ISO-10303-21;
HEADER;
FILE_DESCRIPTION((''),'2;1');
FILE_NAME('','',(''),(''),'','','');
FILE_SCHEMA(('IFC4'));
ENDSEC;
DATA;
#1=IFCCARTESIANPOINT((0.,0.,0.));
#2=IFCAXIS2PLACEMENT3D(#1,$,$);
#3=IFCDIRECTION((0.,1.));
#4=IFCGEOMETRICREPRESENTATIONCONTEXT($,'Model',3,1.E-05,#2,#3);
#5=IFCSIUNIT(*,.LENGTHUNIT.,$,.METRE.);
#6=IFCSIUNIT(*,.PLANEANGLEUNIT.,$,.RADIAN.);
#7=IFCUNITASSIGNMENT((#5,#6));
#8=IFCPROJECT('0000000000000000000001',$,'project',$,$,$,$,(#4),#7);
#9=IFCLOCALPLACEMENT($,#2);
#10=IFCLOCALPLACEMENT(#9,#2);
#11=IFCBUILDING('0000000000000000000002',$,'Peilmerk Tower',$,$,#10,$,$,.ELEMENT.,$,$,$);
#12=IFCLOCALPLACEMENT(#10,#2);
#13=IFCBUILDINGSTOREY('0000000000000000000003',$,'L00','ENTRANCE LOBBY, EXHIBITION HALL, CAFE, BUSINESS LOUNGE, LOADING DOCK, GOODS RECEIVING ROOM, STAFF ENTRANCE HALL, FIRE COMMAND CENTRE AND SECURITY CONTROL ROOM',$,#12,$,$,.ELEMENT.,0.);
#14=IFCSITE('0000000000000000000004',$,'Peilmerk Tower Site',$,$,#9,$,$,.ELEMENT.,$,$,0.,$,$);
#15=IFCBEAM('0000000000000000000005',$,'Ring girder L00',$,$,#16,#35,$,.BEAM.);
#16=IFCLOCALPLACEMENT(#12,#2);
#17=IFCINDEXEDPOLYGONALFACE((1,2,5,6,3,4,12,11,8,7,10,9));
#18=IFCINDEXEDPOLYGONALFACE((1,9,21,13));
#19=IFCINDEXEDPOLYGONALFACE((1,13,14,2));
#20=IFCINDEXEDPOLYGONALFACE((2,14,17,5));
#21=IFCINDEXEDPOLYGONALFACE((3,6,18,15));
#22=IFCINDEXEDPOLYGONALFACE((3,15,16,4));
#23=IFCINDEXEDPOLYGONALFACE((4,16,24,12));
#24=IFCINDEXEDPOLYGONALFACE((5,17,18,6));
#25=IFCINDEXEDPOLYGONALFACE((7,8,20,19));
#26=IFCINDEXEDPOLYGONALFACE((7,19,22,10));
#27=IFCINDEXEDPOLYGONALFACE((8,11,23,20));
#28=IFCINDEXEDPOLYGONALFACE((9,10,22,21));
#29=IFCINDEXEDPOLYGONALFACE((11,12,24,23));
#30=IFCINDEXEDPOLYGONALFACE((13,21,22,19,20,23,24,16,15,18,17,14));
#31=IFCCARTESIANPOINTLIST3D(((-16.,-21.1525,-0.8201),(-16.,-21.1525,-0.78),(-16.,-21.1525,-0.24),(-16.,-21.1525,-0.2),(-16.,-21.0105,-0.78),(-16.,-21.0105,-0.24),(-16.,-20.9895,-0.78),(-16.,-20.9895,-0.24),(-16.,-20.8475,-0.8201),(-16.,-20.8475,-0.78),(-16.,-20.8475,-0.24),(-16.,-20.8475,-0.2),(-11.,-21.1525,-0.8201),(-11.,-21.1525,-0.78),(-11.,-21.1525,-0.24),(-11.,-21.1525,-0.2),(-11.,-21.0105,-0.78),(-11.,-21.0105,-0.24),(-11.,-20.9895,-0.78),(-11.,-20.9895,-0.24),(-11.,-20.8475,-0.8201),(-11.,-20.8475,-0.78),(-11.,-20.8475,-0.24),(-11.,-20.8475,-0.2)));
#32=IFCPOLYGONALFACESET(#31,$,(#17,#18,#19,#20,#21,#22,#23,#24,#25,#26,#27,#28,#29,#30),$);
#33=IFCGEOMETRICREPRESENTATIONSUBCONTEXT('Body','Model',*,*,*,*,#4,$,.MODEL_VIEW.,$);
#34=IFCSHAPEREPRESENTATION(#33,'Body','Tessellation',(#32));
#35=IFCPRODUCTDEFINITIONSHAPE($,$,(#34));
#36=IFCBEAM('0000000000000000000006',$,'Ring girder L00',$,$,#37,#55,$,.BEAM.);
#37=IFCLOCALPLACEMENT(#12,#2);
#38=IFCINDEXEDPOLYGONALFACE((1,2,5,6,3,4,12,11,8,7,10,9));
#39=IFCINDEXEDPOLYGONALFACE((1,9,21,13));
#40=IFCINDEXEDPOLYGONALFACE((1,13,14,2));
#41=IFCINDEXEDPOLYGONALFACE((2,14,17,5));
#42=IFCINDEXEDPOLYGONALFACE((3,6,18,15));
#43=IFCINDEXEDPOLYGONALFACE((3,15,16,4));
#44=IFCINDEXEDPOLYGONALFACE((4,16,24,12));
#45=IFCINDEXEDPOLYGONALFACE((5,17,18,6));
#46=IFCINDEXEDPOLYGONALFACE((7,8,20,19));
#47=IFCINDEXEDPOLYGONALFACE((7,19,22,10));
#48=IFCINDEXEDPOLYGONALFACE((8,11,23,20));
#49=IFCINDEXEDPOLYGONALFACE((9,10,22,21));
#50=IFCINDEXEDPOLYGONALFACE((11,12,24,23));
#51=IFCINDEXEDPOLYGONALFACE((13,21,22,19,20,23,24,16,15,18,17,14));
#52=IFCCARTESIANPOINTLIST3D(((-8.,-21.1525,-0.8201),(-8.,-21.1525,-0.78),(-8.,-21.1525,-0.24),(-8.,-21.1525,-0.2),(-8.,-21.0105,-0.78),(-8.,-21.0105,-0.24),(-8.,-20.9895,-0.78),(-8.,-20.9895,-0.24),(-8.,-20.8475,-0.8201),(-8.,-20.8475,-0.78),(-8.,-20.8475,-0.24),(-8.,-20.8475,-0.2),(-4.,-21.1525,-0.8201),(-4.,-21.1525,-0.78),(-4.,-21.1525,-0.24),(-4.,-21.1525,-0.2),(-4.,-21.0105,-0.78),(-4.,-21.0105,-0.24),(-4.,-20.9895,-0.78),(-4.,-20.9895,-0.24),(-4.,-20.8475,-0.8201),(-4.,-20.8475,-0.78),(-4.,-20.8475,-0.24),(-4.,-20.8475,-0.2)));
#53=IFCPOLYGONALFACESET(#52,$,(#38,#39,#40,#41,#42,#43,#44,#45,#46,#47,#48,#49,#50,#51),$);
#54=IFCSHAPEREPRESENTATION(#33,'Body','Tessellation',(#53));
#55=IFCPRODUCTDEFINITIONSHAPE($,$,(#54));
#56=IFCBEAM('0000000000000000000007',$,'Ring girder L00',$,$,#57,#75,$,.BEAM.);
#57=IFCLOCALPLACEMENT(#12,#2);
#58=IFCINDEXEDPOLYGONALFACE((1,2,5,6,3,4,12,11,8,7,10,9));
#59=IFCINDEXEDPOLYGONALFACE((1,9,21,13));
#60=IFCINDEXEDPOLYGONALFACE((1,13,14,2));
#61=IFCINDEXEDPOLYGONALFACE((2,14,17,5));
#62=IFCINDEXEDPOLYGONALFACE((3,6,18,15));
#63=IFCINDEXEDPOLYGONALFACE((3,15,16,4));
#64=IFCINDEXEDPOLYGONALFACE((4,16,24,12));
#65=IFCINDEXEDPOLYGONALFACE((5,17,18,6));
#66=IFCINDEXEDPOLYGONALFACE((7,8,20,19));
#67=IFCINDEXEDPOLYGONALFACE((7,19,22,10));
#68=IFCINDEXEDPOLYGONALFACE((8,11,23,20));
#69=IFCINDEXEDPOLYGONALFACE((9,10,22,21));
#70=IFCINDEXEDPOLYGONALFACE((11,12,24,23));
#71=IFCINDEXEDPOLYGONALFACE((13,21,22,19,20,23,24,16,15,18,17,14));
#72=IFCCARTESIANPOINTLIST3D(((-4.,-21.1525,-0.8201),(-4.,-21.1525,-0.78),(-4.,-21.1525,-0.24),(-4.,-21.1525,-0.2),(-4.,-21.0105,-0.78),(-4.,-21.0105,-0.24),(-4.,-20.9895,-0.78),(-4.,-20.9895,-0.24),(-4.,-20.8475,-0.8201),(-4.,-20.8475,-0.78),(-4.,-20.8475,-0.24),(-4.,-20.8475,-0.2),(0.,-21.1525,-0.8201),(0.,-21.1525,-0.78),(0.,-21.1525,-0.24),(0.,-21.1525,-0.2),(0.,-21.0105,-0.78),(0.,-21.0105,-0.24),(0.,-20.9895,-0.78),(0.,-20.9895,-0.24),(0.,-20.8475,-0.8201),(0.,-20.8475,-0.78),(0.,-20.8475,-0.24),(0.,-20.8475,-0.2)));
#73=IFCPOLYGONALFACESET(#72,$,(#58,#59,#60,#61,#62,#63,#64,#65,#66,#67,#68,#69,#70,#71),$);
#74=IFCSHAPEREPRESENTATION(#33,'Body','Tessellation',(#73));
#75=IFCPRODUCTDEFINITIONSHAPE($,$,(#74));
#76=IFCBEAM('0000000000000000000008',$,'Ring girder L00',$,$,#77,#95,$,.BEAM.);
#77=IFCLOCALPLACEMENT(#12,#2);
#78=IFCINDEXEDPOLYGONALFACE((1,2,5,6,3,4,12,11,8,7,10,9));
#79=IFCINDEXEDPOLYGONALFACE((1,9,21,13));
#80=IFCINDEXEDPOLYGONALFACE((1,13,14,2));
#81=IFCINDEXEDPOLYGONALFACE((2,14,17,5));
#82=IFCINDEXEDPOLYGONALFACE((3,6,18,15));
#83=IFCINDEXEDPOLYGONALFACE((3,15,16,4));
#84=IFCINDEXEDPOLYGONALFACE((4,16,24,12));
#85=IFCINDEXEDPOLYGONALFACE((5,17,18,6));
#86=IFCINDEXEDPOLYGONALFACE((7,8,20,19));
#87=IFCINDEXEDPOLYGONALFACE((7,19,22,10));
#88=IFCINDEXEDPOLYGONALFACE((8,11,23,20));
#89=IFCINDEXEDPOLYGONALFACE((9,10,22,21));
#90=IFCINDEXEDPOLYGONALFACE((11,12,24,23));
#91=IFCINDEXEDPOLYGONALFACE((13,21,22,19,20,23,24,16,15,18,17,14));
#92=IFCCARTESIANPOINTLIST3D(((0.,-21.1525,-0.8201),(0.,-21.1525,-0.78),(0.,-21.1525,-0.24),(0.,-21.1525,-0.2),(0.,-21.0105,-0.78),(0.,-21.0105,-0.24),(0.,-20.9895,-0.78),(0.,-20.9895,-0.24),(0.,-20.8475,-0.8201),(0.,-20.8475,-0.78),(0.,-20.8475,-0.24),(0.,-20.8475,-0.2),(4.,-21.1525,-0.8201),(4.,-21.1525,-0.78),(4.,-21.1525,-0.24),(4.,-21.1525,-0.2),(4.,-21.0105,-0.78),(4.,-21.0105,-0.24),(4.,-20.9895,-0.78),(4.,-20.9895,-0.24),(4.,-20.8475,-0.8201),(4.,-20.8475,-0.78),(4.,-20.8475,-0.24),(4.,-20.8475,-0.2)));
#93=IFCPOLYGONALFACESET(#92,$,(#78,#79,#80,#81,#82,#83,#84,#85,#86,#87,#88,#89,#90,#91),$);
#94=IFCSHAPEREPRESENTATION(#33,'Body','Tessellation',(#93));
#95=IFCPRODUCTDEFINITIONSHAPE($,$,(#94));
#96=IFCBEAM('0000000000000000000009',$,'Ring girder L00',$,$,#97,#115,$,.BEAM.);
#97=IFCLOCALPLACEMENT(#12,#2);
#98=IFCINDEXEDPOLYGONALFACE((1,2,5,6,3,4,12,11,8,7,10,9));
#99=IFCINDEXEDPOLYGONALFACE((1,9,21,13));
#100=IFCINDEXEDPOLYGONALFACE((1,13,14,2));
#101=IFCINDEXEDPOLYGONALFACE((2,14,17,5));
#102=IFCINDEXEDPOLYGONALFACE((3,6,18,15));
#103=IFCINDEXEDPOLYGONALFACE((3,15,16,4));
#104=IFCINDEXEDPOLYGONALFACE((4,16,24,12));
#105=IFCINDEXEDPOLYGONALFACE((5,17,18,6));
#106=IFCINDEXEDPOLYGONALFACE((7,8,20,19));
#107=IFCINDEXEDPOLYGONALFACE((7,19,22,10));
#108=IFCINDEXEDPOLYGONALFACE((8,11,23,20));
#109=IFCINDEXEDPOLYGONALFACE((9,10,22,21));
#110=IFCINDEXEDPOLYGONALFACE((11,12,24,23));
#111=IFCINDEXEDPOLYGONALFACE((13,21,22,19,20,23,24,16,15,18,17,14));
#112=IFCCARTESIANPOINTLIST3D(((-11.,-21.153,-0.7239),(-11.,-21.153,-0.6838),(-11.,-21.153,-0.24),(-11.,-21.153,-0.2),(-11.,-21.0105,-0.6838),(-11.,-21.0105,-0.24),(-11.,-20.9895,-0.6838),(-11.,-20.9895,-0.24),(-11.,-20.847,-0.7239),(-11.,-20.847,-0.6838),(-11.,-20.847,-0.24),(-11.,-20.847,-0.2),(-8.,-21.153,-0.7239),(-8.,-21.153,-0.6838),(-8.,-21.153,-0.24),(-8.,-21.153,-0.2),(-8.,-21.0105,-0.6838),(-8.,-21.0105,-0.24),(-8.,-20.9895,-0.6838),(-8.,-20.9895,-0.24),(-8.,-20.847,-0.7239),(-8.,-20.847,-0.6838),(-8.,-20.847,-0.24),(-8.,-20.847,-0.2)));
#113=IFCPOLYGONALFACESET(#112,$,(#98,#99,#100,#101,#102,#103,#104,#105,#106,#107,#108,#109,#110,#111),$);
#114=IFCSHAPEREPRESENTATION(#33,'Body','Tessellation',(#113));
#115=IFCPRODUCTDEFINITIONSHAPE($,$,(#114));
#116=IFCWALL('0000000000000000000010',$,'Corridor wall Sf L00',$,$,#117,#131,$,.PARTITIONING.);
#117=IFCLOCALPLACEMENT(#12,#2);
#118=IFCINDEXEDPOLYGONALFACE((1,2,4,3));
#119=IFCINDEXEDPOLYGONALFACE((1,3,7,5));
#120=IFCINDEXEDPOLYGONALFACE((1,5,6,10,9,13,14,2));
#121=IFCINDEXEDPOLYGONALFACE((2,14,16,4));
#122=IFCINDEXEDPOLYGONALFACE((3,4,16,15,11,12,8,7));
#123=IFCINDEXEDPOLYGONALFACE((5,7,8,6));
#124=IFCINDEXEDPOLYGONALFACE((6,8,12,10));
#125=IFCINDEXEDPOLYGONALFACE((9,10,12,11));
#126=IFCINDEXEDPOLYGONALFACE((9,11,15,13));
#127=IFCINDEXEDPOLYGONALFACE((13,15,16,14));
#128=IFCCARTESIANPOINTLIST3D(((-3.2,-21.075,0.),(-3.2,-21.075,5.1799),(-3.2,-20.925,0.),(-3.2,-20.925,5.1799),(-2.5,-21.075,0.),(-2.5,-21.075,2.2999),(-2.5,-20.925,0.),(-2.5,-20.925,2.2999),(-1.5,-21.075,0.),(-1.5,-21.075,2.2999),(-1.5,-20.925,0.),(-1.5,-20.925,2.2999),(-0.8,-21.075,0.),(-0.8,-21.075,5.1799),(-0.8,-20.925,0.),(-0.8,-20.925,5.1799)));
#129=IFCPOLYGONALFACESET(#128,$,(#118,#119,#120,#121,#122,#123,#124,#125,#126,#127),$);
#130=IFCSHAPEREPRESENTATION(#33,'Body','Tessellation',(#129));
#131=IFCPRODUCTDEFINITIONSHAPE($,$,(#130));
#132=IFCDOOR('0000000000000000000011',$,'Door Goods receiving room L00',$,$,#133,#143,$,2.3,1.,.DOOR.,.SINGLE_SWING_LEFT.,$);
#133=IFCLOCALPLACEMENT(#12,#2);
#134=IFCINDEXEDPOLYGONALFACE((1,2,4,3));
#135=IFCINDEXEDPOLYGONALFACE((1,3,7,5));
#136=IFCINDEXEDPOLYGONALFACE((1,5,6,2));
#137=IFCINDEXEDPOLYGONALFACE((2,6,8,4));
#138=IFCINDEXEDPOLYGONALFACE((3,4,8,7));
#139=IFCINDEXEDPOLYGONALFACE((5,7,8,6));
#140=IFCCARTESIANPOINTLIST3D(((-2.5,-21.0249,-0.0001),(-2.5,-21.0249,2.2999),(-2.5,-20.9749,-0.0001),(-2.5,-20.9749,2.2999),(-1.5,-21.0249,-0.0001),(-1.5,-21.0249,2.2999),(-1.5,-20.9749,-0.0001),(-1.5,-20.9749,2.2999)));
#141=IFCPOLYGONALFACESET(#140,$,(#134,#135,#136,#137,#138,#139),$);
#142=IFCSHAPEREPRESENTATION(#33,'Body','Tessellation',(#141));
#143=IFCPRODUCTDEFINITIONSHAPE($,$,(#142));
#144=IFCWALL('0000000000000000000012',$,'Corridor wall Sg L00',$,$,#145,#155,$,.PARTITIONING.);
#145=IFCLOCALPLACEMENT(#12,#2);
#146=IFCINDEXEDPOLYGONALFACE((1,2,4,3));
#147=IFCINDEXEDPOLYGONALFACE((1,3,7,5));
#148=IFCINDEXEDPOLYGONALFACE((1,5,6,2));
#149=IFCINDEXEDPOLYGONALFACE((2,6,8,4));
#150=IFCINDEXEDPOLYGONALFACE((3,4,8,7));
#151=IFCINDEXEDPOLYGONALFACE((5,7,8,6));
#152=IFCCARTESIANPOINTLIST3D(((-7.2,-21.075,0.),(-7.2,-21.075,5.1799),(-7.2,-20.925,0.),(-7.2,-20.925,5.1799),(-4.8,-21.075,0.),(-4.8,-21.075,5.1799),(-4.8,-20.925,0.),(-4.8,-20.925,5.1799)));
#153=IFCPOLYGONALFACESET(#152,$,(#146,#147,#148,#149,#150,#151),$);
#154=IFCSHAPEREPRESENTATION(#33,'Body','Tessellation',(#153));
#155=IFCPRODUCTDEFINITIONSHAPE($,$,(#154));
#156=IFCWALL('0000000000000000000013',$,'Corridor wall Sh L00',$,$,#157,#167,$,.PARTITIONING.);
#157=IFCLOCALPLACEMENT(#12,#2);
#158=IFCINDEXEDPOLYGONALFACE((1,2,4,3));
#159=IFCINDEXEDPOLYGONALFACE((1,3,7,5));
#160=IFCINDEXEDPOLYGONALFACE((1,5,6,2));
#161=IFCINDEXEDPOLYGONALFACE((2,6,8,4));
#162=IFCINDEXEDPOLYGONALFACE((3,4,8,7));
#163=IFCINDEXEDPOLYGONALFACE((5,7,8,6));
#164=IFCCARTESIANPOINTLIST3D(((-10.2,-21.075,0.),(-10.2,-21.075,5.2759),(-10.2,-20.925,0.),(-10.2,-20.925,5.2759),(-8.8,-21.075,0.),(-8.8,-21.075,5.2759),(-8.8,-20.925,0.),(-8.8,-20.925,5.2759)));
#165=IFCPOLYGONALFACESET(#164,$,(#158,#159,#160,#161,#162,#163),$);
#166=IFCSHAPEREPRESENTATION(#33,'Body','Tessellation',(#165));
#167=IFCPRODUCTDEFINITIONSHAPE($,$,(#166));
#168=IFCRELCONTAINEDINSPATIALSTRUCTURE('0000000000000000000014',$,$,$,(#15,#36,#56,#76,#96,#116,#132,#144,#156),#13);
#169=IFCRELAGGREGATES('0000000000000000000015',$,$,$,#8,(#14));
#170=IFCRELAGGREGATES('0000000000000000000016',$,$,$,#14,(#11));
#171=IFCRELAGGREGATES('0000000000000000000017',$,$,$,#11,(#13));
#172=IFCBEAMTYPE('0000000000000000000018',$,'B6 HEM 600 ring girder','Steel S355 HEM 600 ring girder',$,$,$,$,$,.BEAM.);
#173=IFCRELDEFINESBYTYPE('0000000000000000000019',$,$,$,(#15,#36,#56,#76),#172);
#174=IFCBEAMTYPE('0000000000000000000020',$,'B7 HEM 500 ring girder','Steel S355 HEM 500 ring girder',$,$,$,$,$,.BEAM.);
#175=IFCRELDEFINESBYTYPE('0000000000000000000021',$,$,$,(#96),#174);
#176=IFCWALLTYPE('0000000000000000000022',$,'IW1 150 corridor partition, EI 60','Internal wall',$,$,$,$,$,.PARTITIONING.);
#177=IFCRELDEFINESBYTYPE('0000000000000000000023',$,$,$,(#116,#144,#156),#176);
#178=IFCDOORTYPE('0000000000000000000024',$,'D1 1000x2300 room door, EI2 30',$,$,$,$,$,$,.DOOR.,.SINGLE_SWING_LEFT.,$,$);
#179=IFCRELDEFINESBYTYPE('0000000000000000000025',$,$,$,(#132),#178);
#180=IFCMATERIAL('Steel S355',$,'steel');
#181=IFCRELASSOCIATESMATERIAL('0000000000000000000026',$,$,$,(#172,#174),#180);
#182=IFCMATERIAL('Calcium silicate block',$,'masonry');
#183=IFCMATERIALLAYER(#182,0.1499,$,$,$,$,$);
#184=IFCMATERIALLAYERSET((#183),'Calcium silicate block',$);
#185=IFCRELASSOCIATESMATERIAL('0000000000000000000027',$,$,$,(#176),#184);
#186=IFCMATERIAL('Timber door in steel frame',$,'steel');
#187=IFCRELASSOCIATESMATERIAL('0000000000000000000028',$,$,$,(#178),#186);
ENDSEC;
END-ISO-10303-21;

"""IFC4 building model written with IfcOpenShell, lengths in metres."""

from ifc_helpers import new_model, si_unit, direction, frame, frame_2d, origin, origin_2d, place, context, subcontext, project, spatial, rectangle, i_section, extrude, material, layer, layer_set, material_profile, profile_set, type_object, element, fill, save


model = new_model("IFC4")

# Units and contexts
model_context = context("Model", 3, precision=1e-05, world=origin(), true_north=direction((0.0, 1.0)))
body_context = subcontext(model_context, "Body", "Model", "MODEL_VIEW")
ifc_project = project(units=[si_unit("LENGTHUNIT", "METRE"), si_unit("PLANEANGLEUNIT", "RADIAN")], contexts=[model_context])

# Site, building, storey
site_placement = place(None, origin())
site = spatial("IfcSite", under=ifc_project, at=site_placement, Name="Peilmerk Tower Site", CompositionType="ELEMENT", RefElevation=0.0)
building_placement = place(site_placement, origin())
building = spatial("IfcBuilding", under=site, at=building_placement, Name="Peilmerk Tower", CompositionType="ELEMENT")
storey_placement = place(building_placement, origin())
storey = spatial("IfcBuildingStorey", under=building, at=storey_placement, Name="L00", Description="ENTRANCE LOBBY, EXHIBITION HALL, CAFE, BUSINESS LOUNGE, LOADING DOCK, GOODS RECEIVING ROOM, STAFF ENTRANCE HALL, FIRE COMMAND CENTRE AND SECURITY CONTROL ROOM", CompositionType="ELEMENT", Elevation=0.0)

# Beams
ifc_material_1 = material(Name="Steel S355", Category="steel")
ifc_material_profile_1 = material_profile(ifc_material_1, i_section(OverallWidth=0.3049, OverallDepth=0.6201, WebThickness=0.021, FlangeThickness=0.04, at=origin_2d()), Name="HEM 600")
ifc_profile_set_1 = profile_set([ifc_material_profile_1], Name="Steel S355")
beam_type_1 = type_object("IfcBeamType", Name="B6 HEM 600 ring girder", Description="Steel S355 HEM 600 ring girder", PredefinedType="BEAM", material=ifc_profile_set_1)
beam_1_placement = place(storey_placement, frame((-16.0, -21.0, -0.51), z_axis=(1.0, 0.0, 0.0), x_axis=(0.0, 1.0, 0.0)))
element("IfcBeam", 1, at=beam_1_placement, inside=storey, type_object=beam_type_1, Name="Ring girder L00", PredefinedType="BEAM", context=body_context, shape_type="SweptSolid", body=[
    extrude(i_section(OverallWidth=0.3049, OverallDepth=0.6201, WebThickness=0.021, FlangeThickness=0.04, at=origin_2d()), origin(), (0.0, 0.0, 1.0), 5.0),
])
for number, where, z_axis, x_axis, name in (
    (2, (-8.0, -21.0, -0.51), (1.0, 0.0, 0.0), (0.0, 1.0, 0.0), "Ring girder L00"),
    (3, (-4.0, -21.0, -0.51), (1.0, 0.0, 0.0), (0.0, 1.0, 0.0), "Ring girder L00"),
    (4, (0.0, -21.0, -0.51), (1.0, 0.0, 0.0), (0.0, 1.0, 0.0), "Ring girder L00"),
):
    element("IfcBeam", number, at=place(storey_placement, frame(where, z_axis=z_axis, x_axis=x_axis)), inside=storey, type_object=beam_type_1, Name=name, PredefinedType="BEAM", context=body_context, shape_type="SweptSolid", body=[
        extrude(i_section(OverallWidth=0.3049, OverallDepth=0.6201, WebThickness=0.021, FlangeThickness=0.04, at=origin_2d()), origin(), (0.0, 0.0, 1.0), 4.0),
    ])
ifc_material_profile_2 = material_profile(ifc_material_1, i_section(OverallWidth=0.3059, OverallDepth=0.5239, WebThickness=0.021, FlangeThickness=0.04, at=origin_2d()), Name="HEM 500")
ifc_profile_set_2 = profile_set([ifc_material_profile_2], Name="Steel S355")
beam_type_2 = type_object("IfcBeamType", Name="B7 HEM 500 ring girder", Description="Steel S355 HEM 500 ring girder", PredefinedType="BEAM", material=ifc_profile_set_2)
beam_2_placement = place(storey_placement, frame((-11.0, -21.0, -0.4619), z_axis=(1.0, 0.0, 0.0), x_axis=(0.0, 1.0, 0.0)))
element("IfcBeam", 5, at=beam_2_placement, inside=storey, type_object=beam_type_2, Name="Ring girder L00", PredefinedType="BEAM", context=body_context, shape_type="SweptSolid", body=[
    extrude(i_section(OverallWidth=0.3059, OverallDepth=0.5239, WebThickness=0.021, FlangeThickness=0.04, at=origin_2d()), origin(), (0.0, 0.0, 1.0), 3.0),
])

# Wall, opening, door
ifc_material_2 = material(Name="Calcium silicate block", Category="masonry")
ifc_layer = layer(ifc_material_2, 0.1499)
ifc_layer_set = layer_set([ifc_layer], Name="Calcium silicate block")
wall_type = type_object("IfcWallType", Name="IW1 150 corridor partition, EI 60", Description="Internal wall", PredefinedType="PARTITIONING", material=ifc_layer_set)
wall_1_placement = place(storey_placement, frame((-0.8, -21.0, 0.0), z_axis=(0.0, 0.0, 1.0), x_axis=(-1.0, 0.0, 0.0)))
wall_1 = element("IfcWall", 6, at=wall_1_placement, inside=storey, type_object=wall_type, Name="Corridor wall Sf L00", PredefinedType="PARTITIONING", context=body_context, shape_type="SweptSolid", body=[
    extrude(rectangle(XDim=2.3999, YDim=0.1499, at=frame_2d((1.2, 0.0))), origin(), (0.0, 0.0, 1.0), 5.1799),
])
opening_1_placement = place(wall_1_placement, frame((0.7, 0.0, 0.0)))
opening_1 = element("IfcOpeningElement", 7, at=opening_1_placement, cuts=wall_1, PredefinedType="OPENING", context=body_context, shape_type="SweptSolid", body=[
    extrude(rectangle(XDim=1.0, YDim=2.3, at=frame_2d((0.5, 1.1499))), frame((0.0, 0.085, 0.0), z_axis=(0.0, -1.0, 0.0), x_axis=(1.0, 0.0, 0.0)), (0.0, 0.0, 1.0), 0.1699),
])
ifc_material_3 = material(Name="Timber door in steel frame", Category="steel")
door_type_1 = type_object("IfcDoorType", Name="D1 1000x2300 room door, EI2 30", OperationType="SINGLE_SWING_LEFT", PredefinedType="DOOR", material=ifc_material_3)
door_1_placement = place(opening_1_placement, origin())
door_1 = element("IfcDoor", 8, at=door_1_placement, inside=storey, type_object=door_type_1, Name="Door Goods receiving room L00", OperationType="SINGLE_SWING_LEFT", OverallHeight=2.3, OverallWidth=1.0, PredefinedType="DOOR", context=body_context, shape_type="SweptSolid", body=[
    extrude(rectangle(XDim=1.0, YDim=2.3, at=frame_2d((0.5, 1.1499))), frame((0.0, 0.0249, 0.0), z_axis=(0.0, -1.0, 0.0), x_axis=(1.0, 0.0, 0.0)), (0.0, 0.0, 1.0), 0.05),
])
fill(opening_1, door_1)

# Walls
wall_2_placement = place(storey_placement, frame((-4.8, -21.0, 0.0), z_axis=(0.0, 0.0, 1.0), x_axis=(-1.0, 0.0, 0.0)))
element("IfcWall", 9, at=wall_2_placement, inside=storey, type_object=wall_type, Name="Corridor wall Sg L00", PredefinedType="PARTITIONING", context=body_context, shape_type="SweptSolid", body=[
    extrude(rectangle(XDim=2.3999, YDim=0.1499, at=frame_2d((1.2, 0.0))), origin(), (0.0, 0.0, 1.0), 5.1799),
])
wall_3_placement = place(storey_placement, frame((-8.8, -21.0, 0.0), z_axis=(0.0, 0.0, 1.0), x_axis=(-1.0, 0.0, 0.0)))
element("IfcWall", 10, at=wall_3_placement, inside=storey, type_object=wall_type, Name="Corridor wall Sh L00", PredefinedType="PARTITIONING", context=body_context, shape_type="SweptSolid", body=[
    extrude(rectangle(XDim=1.3999, YDim=0.1499, at=frame_2d((0.7, 0.0))), origin(), (0.0, 0.0, 1.0), 5.2759),
])

save(model, "model.ifc")
